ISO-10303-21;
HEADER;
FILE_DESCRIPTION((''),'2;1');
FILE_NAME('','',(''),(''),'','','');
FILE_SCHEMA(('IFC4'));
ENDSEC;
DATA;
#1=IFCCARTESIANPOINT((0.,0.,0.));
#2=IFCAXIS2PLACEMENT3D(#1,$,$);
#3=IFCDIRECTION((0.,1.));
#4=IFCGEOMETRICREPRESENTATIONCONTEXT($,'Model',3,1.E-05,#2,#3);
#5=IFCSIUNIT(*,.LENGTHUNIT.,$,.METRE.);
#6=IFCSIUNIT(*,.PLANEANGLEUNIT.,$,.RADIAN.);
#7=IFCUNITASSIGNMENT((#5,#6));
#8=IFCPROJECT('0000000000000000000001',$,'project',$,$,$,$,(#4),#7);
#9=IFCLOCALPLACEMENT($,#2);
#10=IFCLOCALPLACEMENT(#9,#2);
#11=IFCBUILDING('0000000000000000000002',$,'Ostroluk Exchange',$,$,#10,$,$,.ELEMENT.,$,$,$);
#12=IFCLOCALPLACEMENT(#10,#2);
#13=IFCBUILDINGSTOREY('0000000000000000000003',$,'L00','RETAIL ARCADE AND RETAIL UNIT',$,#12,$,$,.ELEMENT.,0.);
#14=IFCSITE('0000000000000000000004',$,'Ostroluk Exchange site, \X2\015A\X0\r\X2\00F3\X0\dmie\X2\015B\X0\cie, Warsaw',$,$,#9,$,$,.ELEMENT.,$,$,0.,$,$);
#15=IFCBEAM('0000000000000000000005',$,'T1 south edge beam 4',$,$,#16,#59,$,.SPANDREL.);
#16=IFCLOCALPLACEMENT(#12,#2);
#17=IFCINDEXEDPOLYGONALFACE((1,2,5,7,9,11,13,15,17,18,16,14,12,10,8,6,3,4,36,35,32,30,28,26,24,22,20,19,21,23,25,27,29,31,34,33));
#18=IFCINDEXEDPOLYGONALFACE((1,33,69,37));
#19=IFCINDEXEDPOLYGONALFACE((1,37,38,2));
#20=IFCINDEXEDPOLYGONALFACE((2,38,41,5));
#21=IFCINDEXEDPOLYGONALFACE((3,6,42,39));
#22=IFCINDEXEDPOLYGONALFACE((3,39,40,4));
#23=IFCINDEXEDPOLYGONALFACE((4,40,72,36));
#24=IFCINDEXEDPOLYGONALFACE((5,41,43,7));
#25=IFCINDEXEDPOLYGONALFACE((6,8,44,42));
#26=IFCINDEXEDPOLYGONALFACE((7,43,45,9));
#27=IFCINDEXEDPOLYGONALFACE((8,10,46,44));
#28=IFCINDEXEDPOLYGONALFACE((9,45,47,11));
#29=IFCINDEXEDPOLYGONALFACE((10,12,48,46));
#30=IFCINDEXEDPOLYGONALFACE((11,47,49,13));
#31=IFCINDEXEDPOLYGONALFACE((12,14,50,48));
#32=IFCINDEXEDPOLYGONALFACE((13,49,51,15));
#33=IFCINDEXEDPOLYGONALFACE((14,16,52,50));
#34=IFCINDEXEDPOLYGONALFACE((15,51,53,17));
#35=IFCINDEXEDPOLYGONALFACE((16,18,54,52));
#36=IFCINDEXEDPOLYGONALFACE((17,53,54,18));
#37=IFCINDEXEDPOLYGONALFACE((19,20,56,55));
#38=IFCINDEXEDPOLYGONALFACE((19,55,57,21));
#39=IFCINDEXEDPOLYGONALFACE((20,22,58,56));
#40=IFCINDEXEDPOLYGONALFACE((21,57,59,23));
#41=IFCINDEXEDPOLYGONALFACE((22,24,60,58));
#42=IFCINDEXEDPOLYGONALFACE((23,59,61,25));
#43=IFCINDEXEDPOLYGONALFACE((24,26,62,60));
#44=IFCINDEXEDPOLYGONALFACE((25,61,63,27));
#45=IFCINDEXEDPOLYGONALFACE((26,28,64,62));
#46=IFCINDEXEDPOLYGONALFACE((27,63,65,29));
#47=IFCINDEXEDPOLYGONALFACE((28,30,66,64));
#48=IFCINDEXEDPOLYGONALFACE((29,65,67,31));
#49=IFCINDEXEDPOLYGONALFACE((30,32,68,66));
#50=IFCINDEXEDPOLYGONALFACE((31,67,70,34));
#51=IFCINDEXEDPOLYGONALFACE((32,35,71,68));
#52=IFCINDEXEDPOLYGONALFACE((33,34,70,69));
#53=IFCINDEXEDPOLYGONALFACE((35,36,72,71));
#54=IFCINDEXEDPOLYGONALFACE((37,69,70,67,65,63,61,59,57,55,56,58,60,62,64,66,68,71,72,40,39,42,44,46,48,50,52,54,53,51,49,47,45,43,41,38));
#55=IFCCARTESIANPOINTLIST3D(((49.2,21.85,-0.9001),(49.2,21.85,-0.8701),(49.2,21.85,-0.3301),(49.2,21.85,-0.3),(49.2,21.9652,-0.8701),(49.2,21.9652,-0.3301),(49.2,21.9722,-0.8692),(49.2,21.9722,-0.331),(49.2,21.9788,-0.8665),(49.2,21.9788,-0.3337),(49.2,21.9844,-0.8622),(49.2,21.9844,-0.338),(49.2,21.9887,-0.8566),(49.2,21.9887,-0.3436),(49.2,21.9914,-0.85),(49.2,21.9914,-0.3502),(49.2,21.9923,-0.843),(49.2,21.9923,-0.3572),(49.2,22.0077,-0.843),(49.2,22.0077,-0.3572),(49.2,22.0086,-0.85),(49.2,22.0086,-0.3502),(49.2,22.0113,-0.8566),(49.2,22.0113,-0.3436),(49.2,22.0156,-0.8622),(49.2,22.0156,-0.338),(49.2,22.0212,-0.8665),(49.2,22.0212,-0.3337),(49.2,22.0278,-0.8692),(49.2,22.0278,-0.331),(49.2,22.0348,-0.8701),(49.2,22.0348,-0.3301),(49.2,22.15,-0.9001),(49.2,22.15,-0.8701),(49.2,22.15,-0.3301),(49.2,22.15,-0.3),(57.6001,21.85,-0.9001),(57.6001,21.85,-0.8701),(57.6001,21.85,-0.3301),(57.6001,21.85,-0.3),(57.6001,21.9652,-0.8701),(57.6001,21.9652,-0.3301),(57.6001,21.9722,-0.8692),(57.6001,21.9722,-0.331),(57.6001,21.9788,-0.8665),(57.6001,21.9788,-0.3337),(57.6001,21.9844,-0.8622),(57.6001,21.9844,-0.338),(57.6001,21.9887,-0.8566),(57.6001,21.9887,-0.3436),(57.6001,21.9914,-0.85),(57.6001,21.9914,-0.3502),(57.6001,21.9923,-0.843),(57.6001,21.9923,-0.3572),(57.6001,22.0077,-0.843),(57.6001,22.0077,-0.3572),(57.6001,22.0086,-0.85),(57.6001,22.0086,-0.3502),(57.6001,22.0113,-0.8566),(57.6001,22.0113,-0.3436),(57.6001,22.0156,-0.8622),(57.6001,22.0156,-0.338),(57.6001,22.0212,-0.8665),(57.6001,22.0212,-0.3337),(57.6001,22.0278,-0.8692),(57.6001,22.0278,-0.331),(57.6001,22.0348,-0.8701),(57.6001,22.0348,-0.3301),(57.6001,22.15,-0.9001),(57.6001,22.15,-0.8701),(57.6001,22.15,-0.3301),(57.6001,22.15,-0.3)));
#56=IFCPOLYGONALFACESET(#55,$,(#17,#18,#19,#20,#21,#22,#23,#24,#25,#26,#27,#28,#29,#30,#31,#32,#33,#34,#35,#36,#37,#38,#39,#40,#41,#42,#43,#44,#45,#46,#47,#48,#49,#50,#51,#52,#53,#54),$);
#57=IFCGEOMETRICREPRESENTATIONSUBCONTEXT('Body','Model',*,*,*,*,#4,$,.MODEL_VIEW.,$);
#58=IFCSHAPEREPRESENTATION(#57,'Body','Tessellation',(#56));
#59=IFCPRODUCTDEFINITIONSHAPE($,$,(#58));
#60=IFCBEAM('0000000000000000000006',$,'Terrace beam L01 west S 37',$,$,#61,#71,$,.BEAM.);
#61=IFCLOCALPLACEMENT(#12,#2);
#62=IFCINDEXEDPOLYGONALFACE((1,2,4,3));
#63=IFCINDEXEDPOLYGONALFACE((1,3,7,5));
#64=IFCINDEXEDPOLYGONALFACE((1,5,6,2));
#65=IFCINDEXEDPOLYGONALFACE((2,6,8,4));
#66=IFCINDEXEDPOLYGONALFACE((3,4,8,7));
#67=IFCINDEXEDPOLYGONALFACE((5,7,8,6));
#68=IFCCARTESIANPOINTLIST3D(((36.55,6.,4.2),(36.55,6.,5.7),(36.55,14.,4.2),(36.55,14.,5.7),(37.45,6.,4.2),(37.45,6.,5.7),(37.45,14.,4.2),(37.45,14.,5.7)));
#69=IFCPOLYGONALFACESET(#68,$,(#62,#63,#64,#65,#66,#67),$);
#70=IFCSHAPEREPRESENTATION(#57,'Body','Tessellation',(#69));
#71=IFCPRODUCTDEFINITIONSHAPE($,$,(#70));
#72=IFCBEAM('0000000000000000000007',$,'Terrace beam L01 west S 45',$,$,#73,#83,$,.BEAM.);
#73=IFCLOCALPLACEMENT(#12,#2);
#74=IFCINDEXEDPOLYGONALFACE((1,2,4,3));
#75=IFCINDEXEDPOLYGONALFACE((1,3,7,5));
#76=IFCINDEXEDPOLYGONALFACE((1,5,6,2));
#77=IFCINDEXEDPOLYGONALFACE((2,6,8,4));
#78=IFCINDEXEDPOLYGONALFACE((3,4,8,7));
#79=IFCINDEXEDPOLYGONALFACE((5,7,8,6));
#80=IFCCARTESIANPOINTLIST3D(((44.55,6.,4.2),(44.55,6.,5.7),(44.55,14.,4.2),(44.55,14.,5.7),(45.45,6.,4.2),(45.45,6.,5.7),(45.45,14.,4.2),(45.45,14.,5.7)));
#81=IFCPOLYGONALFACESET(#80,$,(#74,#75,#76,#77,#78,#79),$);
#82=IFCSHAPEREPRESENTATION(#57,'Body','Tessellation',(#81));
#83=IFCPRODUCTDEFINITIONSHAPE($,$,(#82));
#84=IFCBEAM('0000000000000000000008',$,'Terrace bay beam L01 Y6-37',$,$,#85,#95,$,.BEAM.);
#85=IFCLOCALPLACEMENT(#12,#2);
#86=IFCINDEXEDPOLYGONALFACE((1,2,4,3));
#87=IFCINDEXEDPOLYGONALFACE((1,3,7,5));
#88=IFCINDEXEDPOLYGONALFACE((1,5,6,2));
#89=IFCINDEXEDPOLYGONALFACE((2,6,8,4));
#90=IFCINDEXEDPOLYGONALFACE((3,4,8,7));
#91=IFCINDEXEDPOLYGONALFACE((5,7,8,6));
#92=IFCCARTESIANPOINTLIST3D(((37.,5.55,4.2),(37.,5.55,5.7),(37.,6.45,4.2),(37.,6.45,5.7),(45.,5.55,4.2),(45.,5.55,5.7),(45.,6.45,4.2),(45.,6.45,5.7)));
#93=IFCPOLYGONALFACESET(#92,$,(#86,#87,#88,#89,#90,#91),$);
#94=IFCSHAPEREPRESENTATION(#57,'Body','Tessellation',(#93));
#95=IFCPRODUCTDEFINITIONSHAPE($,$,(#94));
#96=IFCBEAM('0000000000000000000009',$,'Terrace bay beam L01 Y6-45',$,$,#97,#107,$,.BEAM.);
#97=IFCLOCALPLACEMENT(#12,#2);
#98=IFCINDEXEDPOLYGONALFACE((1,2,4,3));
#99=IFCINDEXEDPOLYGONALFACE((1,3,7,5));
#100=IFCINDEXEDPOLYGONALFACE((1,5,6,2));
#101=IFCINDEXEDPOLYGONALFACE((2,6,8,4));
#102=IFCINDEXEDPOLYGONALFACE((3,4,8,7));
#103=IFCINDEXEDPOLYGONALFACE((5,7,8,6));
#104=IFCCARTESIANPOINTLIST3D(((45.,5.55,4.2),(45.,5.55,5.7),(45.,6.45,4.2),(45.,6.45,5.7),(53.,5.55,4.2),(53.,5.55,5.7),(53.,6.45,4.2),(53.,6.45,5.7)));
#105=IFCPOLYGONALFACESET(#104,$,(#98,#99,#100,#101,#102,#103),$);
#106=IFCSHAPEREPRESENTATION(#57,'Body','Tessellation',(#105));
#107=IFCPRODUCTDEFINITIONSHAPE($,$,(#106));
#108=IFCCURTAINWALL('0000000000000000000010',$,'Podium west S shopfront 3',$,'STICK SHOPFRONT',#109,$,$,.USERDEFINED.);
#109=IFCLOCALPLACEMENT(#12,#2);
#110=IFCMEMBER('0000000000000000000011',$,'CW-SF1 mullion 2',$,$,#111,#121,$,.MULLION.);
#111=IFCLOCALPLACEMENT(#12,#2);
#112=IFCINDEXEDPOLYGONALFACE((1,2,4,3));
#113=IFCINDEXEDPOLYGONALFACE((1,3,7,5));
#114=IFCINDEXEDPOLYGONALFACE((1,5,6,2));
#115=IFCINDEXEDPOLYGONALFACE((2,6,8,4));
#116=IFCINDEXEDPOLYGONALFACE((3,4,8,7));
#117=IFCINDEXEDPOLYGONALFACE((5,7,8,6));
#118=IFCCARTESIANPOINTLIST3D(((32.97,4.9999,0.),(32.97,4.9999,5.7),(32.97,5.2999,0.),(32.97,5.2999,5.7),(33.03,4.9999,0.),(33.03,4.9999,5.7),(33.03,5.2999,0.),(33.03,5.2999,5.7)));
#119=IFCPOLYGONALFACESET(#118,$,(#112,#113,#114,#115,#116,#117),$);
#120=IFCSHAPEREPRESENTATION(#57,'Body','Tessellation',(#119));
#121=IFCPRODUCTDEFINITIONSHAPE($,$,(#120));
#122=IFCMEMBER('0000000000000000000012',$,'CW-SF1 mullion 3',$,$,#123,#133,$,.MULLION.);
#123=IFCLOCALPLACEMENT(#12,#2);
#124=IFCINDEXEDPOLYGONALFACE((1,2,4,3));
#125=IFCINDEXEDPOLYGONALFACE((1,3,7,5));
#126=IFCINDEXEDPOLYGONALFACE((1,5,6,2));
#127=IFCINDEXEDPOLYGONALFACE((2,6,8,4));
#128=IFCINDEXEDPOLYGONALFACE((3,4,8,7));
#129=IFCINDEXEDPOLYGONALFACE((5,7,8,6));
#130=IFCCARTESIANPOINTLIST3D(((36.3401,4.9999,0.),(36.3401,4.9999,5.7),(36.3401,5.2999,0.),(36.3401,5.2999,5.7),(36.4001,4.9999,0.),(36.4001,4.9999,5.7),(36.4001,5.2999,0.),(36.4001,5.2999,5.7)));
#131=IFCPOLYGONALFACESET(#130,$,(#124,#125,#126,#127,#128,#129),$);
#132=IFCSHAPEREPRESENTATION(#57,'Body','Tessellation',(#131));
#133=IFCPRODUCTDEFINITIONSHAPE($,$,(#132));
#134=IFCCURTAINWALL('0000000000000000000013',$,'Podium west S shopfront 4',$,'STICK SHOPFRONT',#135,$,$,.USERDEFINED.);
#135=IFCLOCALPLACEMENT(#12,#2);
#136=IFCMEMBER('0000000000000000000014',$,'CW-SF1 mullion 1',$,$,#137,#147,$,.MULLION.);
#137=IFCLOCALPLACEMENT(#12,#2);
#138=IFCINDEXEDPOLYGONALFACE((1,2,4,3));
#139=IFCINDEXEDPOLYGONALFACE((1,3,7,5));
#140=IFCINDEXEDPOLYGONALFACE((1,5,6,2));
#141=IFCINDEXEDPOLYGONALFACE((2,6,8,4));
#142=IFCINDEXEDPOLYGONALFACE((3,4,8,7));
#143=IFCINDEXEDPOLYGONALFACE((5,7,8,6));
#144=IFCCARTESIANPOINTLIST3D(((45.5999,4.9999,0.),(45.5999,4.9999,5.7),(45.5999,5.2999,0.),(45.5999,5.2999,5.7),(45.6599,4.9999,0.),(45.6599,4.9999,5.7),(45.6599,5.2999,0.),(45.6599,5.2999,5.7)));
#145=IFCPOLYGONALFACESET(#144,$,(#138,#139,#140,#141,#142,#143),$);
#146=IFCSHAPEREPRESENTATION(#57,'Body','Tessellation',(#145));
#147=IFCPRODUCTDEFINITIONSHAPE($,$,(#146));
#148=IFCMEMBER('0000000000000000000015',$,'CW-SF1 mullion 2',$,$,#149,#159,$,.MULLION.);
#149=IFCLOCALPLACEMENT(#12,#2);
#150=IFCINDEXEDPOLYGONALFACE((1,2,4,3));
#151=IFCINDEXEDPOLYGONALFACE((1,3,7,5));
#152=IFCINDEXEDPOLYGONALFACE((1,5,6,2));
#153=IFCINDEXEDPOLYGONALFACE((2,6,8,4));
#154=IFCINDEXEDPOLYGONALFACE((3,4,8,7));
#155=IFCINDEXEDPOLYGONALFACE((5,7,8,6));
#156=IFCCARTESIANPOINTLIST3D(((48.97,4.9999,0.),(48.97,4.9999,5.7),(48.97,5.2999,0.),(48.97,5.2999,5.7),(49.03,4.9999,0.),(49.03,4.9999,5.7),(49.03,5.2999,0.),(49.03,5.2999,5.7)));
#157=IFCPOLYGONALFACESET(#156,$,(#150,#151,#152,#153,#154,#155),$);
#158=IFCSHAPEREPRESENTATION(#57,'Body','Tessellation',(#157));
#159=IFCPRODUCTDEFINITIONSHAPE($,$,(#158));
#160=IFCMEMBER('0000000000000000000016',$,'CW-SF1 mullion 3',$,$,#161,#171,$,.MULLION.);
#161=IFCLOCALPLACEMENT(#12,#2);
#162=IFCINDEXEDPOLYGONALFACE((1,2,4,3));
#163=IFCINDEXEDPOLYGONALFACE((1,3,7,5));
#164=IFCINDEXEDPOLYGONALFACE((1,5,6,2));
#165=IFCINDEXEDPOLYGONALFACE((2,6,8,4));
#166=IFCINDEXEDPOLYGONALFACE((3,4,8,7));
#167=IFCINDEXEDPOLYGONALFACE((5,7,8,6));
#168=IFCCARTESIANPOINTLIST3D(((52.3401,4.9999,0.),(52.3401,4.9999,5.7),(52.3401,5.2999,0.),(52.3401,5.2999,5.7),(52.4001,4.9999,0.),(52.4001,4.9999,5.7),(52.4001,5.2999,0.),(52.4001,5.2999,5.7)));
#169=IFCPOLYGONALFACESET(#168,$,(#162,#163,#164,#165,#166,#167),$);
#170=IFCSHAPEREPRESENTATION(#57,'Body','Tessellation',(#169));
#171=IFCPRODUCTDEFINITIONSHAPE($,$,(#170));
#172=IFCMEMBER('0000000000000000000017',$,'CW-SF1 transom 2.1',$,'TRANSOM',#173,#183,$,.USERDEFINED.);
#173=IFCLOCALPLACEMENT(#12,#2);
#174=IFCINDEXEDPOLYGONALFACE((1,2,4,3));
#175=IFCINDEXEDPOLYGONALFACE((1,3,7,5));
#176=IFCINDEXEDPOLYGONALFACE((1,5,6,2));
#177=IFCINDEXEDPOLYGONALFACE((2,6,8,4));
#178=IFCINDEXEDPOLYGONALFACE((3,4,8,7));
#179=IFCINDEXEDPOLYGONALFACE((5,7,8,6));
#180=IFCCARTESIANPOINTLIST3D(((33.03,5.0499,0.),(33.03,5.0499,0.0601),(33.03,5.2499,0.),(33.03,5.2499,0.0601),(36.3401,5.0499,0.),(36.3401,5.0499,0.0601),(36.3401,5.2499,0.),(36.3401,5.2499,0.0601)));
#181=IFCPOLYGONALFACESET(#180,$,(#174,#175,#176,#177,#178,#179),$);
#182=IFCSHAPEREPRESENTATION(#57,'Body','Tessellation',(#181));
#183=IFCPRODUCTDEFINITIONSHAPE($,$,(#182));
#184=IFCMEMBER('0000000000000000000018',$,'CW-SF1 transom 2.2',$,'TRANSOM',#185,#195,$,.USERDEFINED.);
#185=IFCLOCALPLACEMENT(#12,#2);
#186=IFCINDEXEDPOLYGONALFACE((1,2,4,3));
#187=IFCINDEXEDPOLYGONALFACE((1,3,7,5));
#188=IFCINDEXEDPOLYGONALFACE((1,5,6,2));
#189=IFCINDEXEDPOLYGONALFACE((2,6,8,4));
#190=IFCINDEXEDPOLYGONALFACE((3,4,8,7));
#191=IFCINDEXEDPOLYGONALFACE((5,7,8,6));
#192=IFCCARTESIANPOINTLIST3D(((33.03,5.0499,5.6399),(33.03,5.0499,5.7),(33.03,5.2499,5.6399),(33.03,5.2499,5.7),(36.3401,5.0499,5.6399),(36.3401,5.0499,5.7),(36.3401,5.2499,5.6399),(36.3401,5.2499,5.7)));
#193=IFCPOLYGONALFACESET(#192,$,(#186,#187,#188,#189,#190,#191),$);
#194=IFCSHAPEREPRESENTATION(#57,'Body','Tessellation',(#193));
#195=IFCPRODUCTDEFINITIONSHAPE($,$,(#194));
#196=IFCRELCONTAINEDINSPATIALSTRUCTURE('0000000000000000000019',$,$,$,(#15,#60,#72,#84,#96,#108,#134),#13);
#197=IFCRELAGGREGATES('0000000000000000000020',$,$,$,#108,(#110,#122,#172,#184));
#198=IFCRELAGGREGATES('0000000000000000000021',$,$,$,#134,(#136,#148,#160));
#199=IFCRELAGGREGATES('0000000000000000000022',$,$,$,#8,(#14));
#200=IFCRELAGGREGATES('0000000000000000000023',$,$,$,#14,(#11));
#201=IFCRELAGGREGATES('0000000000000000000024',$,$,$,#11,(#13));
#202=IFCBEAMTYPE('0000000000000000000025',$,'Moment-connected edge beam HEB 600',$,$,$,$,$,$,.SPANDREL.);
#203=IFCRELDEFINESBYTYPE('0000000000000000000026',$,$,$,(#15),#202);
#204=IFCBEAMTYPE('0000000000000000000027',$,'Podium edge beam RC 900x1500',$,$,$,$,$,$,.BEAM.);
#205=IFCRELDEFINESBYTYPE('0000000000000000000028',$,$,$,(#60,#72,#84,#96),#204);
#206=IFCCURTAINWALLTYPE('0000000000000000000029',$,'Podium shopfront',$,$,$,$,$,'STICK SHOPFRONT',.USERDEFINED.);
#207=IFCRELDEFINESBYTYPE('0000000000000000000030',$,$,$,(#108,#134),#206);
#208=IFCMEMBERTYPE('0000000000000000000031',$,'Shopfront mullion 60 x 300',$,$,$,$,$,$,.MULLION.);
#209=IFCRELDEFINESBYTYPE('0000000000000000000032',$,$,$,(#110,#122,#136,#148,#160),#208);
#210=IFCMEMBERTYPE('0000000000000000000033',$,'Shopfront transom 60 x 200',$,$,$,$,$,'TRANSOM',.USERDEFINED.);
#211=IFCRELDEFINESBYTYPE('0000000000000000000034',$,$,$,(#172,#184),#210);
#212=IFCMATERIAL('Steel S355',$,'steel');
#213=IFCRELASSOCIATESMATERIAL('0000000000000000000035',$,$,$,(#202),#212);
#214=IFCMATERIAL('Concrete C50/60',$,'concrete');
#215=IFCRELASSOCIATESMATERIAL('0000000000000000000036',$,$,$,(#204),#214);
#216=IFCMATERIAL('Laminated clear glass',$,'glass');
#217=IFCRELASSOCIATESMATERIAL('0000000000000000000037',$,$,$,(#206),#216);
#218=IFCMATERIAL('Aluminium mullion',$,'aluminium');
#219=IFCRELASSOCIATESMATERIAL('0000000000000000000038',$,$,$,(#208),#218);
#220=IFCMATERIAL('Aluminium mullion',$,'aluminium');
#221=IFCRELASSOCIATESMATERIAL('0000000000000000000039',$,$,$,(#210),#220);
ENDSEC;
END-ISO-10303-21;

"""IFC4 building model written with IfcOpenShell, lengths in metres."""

from ifc_helpers import new_model, si_unit, direction, frame, origin, origin_2d, place, context, subcontext, project, spatial, rectangle, i_section, extrude, material, material_profile, profile_set, type_object, element, aggregate, save


model = new_model("IFC4")

# Units and contexts
model_context = context("Model", 3, precision=1e-05, world=origin(), true_north=direction((0.0, 1.0)))
body_context = subcontext(model_context, "Body", "Model", "MODEL_VIEW")
ifc_project = project(units=[si_unit("LENGTHUNIT", "METRE"), si_unit("PLANEANGLEUNIT", "RADIAN")], contexts=[model_context])

# Site, building, storey
site_placement = place(None, origin())
site = spatial("IfcSite", under=ifc_project, at=site_placement, Name="Ostroluk Exchange site, Śródmieście, Warsaw", CompositionType="ELEMENT", RefElevation=0.0)
building_placement = place(site_placement, origin())
building = spatial("IfcBuilding", under=site, at=building_placement, Name="Ostroluk Exchange", CompositionType="ELEMENT")
storey_placement = place(building_placement, origin())
storey = spatial("IfcBuildingStorey", under=building, at=storey_placement, Name="L00", Description="RETAIL ARCADE AND RETAIL UNIT", CompositionType="ELEMENT", Elevation=0.0)

# Beams
ifc_material_1 = material(Name="Steel S355", Category="steel")
ifc_material_profile_1 = material_profile(ifc_material_1, i_section(OverallWidth=0.3, OverallDepth=0.6001, WebThickness=0.0154, FlangeThickness=0.03, FilletRadius=0.0271, at=origin_2d()), Name="HEB 600")
ifc_profile_set_1 = profile_set([ifc_material_profile_1], Name="Steel S355")
beam_type_1 = type_object("IfcBeamType", Name="Moment-connected edge beam HEB 600", PredefinedType="SPANDREL", material=ifc_profile_set_1)
beam_1_placement = place(storey_placement, frame((49.2, 22.0, -0.6001), z_axis=(1.0, 0.0, 0.0), x_axis=(0.0, 1.0, 0.0)))
element("IfcBeam", 1, at=beam_1_placement, inside=storey, type_object=beam_type_1, Name="T1 south edge beam 4", PredefinedType="SPANDREL", context=body_context, shape_type="SweptSolid", body=[
    extrude(i_section(OverallWidth=0.3, OverallDepth=0.6001, WebThickness=0.0154, FlangeThickness=0.03, FilletRadius=0.0271, at=origin_2d()), origin(), (0.0, 0.0, 1.0), 8.4001),
])
ifc_material_2 = material(Name="Concrete C50/60", Category="concrete")
ifc_material_profile_2 = material_profile(ifc_material_2, rectangle(XDim=0.8999, YDim=1.5, at=origin_2d()), Name="RC 900x1500")
ifc_profile_set_2 = profile_set([ifc_material_profile_2], Name="Concrete C50/60")
beam_type_2 = type_object("IfcBeamType", Name="Podium edge beam RC 900x1500", PredefinedType="BEAM", material=ifc_profile_set_2)
for number, where, z_axis, x_axis, name in (
    (2, (37.0, 6.0, 4.95), (0.0, 1.0, 0.0), (-1.0, 0.0, 0.0), "Terrace beam L01 west S 37"),
    (3, (45.0, 6.0, 4.95), (0.0, 1.0, 0.0), (-1.0, 0.0, 0.0), "Terrace beam L01 west S 45"),
    (4, (37.0, 6.0, 4.95), (1.0, 0.0, 0.0), (0.0, 1.0, 0.0), "Terrace bay beam L01 Y6-37"),
    (5, (45.0, 6.0, 4.95), (1.0, 0.0, 0.0), (0.0, 1.0, 0.0), "Terrace bay beam L01 Y6-45"),
):
    element("IfcBeam", number, at=place(storey_placement, frame(where, z_axis=z_axis, x_axis=x_axis)), inside=storey, type_object=beam_type_2, Name=name, PredefinedType="BEAM", context=body_context, shape_type="SweptSolid", body=[
        extrude(rectangle(XDim=0.8999, YDim=1.5, at=origin_2d()), origin(), (0.0, 0.0, 1.0), 8.0),
    ])

# Curtain walls, members
ifc_material_3 = material(Name="Laminated clear glass", Category="glass")
curtain_wall_type = type_object("IfcCurtainWallType", Name="Podium shopfront", ElementType="STICK SHOPFRONT", PredefinedType="USERDEFINED", material=ifc_material_3)
curtain_wall_1_placement = place(storey_placement, origin())
curtain_wall_1 = element("IfcCurtainWall", 6, at=curtain_wall_1_placement, inside=storey, type_object=curtain_wall_type, Name="Podium west S shopfront 3", ObjectType="STICK SHOPFRONT", PredefinedType="USERDEFINED")
ifc_material_4 = material(Name="Aluminium mullion", Category="aluminium")
ifc_material_profile_3 = material_profile(ifc_material_4, rectangle(XDim=0.3, YDim=0.0601, at=origin_2d()), Name="Shopfront mullion 60 x 300")
ifc_profile_set_3 = profile_set([ifc_material_profile_3], Name="Aluminium mullion")
member_type_1 = type_object("IfcMemberType", Name="Shopfront mullion 60 x 300", PredefinedType="MULLION", material=ifc_profile_set_3)
member_1_placement = place(storey_placement, frame((33.0, 5.1499, 0.0), z_axis=(0.0, 0.0, 1.0), x_axis=(0.0, 1.0, 0.0)))
member_1 = element("IfcMember", 7, at=member_1_placement, type_object=member_type_1, Name="CW-SF1 mullion 2", PredefinedType="MULLION", context=body_context, shape_type="SweptSolid", body=[
    extrude(rectangle(XDim=0.3, YDim=0.0601, at=origin_2d()), origin(), (0.0, 0.0, 1.0), 5.7),
])
member_2_placement = place(storey_placement, frame((36.3701, 5.1499, 0.0), z_axis=(0.0, 0.0, 1.0), x_axis=(0.0, 1.0, 0.0)))
member_2 = element("IfcMember", 8, at=member_2_placement, type_object=member_type_1, Name="CW-SF1 mullion 3", PredefinedType="MULLION", context=body_context, shape_type="SweptSolid", body=[
    extrude(rectangle(XDim=0.3, YDim=0.0601, at=origin_2d()), origin(), (0.0, 0.0, 1.0), 5.7),
])
curtain_wall_2_placement = place(storey_placement, origin())
curtain_wall_2 = element("IfcCurtainWall", 9, at=curtain_wall_2_placement, inside=storey, type_object=curtain_wall_type, Name="Podium west S shopfront 4", ObjectType="STICK SHOPFRONT", PredefinedType="USERDEFINED")
member_3_placement = place(storey_placement, frame((45.6299, 5.1499, 0.0), z_axis=(0.0, 0.0, 1.0), x_axis=(0.0, 1.0, 0.0)))
member_3 = element("IfcMember", 10, at=member_3_placement, type_object=member_type_1, Name="CW-SF1 mullion 1", PredefinedType="MULLION", context=body_context, shape_type="SweptSolid", body=[
    extrude(rectangle(XDim=0.3, YDim=0.0601, at=origin_2d()), origin(), (0.0, 0.0, 1.0), 5.7),
])
member_4_placement = place(storey_placement, frame((49.0, 5.1499, 0.0), z_axis=(0.0, 0.0, 1.0), x_axis=(0.0, 1.0, 0.0)))
member_4 = element("IfcMember", 11, at=member_4_placement, type_object=member_type_1, Name="CW-SF1 mullion 2", PredefinedType="MULLION", context=body_context, shape_type="SweptSolid", body=[
    extrude(rectangle(XDim=0.3, YDim=0.0601, at=origin_2d()), origin(), (0.0, 0.0, 1.0), 5.7),
])
member_5_placement = place(storey_placement, frame((52.3701, 5.1499, 0.0), z_axis=(0.0, 0.0, 1.0), x_axis=(0.0, 1.0, 0.0)))
member_5 = element("IfcMember", 12, at=member_5_placement, type_object=member_type_1, Name="CW-SF1 mullion 3", PredefinedType="MULLION", context=body_context, shape_type="SweptSolid", body=[
    extrude(rectangle(XDim=0.3, YDim=0.0601, at=origin_2d()), origin(), (0.0, 0.0, 1.0), 5.7),
])

# Members
ifc_material_5 = material(Name="Aluminium mullion", Category="aluminium")
ifc_material_profile_4 = material_profile(ifc_material_5, rectangle(XDim=0.2, YDim=0.0601, at=origin_2d()), Name="Shopfront transom 60 x 200")
ifc_profile_set_4 = profile_set([ifc_material_profile_4], Name="Aluminium mullion")
member_type_2 = type_object("IfcMemberType", Name="Shopfront transom 60 x 200", ElementType="TRANSOM", PredefinedType="USERDEFINED", material=ifc_profile_set_4)
member_6_placement = place(storey_placement, frame((33.03, 5.1499, 0.03), z_axis=(1.0, 0.0, 0.0), x_axis=(0.0, 1.0, 0.0)))
member_6 = element("IfcMember", 13, at=member_6_placement, type_object=member_type_2, Name="CW-SF1 transom 2.1", ObjectType="TRANSOM", PredefinedType="USERDEFINED", context=body_context, shape_type="SweptSolid", body=[
    extrude(rectangle(XDim=0.2, YDim=0.0601, at=origin_2d()), origin(), (0.0, 0.0, 1.0), 3.3101),
])
member_7_placement = place(storey_placement, frame((33.03, 5.1499, 5.6699), z_axis=(1.0, 0.0, 0.0), x_axis=(0.0, 1.0, 0.0)))
member_7 = element("IfcMember", 14, at=member_7_placement, type_object=member_type_2, Name="CW-SF1 transom 2.2", ObjectType="TRANSOM", PredefinedType="USERDEFINED", context=body_context, shape_type="SweptSolid", body=[
    extrude(rectangle(XDim=0.2, YDim=0.0601, at=origin_2d()), origin(), (0.0, 0.0, 1.0), 3.3101),
])

aggregate(curtain_wall_1, [member_1, member_2, member_6, member_7])
aggregate(curtain_wall_2, [member_3, member_4, member_5])

save(model, "model.ifc")
